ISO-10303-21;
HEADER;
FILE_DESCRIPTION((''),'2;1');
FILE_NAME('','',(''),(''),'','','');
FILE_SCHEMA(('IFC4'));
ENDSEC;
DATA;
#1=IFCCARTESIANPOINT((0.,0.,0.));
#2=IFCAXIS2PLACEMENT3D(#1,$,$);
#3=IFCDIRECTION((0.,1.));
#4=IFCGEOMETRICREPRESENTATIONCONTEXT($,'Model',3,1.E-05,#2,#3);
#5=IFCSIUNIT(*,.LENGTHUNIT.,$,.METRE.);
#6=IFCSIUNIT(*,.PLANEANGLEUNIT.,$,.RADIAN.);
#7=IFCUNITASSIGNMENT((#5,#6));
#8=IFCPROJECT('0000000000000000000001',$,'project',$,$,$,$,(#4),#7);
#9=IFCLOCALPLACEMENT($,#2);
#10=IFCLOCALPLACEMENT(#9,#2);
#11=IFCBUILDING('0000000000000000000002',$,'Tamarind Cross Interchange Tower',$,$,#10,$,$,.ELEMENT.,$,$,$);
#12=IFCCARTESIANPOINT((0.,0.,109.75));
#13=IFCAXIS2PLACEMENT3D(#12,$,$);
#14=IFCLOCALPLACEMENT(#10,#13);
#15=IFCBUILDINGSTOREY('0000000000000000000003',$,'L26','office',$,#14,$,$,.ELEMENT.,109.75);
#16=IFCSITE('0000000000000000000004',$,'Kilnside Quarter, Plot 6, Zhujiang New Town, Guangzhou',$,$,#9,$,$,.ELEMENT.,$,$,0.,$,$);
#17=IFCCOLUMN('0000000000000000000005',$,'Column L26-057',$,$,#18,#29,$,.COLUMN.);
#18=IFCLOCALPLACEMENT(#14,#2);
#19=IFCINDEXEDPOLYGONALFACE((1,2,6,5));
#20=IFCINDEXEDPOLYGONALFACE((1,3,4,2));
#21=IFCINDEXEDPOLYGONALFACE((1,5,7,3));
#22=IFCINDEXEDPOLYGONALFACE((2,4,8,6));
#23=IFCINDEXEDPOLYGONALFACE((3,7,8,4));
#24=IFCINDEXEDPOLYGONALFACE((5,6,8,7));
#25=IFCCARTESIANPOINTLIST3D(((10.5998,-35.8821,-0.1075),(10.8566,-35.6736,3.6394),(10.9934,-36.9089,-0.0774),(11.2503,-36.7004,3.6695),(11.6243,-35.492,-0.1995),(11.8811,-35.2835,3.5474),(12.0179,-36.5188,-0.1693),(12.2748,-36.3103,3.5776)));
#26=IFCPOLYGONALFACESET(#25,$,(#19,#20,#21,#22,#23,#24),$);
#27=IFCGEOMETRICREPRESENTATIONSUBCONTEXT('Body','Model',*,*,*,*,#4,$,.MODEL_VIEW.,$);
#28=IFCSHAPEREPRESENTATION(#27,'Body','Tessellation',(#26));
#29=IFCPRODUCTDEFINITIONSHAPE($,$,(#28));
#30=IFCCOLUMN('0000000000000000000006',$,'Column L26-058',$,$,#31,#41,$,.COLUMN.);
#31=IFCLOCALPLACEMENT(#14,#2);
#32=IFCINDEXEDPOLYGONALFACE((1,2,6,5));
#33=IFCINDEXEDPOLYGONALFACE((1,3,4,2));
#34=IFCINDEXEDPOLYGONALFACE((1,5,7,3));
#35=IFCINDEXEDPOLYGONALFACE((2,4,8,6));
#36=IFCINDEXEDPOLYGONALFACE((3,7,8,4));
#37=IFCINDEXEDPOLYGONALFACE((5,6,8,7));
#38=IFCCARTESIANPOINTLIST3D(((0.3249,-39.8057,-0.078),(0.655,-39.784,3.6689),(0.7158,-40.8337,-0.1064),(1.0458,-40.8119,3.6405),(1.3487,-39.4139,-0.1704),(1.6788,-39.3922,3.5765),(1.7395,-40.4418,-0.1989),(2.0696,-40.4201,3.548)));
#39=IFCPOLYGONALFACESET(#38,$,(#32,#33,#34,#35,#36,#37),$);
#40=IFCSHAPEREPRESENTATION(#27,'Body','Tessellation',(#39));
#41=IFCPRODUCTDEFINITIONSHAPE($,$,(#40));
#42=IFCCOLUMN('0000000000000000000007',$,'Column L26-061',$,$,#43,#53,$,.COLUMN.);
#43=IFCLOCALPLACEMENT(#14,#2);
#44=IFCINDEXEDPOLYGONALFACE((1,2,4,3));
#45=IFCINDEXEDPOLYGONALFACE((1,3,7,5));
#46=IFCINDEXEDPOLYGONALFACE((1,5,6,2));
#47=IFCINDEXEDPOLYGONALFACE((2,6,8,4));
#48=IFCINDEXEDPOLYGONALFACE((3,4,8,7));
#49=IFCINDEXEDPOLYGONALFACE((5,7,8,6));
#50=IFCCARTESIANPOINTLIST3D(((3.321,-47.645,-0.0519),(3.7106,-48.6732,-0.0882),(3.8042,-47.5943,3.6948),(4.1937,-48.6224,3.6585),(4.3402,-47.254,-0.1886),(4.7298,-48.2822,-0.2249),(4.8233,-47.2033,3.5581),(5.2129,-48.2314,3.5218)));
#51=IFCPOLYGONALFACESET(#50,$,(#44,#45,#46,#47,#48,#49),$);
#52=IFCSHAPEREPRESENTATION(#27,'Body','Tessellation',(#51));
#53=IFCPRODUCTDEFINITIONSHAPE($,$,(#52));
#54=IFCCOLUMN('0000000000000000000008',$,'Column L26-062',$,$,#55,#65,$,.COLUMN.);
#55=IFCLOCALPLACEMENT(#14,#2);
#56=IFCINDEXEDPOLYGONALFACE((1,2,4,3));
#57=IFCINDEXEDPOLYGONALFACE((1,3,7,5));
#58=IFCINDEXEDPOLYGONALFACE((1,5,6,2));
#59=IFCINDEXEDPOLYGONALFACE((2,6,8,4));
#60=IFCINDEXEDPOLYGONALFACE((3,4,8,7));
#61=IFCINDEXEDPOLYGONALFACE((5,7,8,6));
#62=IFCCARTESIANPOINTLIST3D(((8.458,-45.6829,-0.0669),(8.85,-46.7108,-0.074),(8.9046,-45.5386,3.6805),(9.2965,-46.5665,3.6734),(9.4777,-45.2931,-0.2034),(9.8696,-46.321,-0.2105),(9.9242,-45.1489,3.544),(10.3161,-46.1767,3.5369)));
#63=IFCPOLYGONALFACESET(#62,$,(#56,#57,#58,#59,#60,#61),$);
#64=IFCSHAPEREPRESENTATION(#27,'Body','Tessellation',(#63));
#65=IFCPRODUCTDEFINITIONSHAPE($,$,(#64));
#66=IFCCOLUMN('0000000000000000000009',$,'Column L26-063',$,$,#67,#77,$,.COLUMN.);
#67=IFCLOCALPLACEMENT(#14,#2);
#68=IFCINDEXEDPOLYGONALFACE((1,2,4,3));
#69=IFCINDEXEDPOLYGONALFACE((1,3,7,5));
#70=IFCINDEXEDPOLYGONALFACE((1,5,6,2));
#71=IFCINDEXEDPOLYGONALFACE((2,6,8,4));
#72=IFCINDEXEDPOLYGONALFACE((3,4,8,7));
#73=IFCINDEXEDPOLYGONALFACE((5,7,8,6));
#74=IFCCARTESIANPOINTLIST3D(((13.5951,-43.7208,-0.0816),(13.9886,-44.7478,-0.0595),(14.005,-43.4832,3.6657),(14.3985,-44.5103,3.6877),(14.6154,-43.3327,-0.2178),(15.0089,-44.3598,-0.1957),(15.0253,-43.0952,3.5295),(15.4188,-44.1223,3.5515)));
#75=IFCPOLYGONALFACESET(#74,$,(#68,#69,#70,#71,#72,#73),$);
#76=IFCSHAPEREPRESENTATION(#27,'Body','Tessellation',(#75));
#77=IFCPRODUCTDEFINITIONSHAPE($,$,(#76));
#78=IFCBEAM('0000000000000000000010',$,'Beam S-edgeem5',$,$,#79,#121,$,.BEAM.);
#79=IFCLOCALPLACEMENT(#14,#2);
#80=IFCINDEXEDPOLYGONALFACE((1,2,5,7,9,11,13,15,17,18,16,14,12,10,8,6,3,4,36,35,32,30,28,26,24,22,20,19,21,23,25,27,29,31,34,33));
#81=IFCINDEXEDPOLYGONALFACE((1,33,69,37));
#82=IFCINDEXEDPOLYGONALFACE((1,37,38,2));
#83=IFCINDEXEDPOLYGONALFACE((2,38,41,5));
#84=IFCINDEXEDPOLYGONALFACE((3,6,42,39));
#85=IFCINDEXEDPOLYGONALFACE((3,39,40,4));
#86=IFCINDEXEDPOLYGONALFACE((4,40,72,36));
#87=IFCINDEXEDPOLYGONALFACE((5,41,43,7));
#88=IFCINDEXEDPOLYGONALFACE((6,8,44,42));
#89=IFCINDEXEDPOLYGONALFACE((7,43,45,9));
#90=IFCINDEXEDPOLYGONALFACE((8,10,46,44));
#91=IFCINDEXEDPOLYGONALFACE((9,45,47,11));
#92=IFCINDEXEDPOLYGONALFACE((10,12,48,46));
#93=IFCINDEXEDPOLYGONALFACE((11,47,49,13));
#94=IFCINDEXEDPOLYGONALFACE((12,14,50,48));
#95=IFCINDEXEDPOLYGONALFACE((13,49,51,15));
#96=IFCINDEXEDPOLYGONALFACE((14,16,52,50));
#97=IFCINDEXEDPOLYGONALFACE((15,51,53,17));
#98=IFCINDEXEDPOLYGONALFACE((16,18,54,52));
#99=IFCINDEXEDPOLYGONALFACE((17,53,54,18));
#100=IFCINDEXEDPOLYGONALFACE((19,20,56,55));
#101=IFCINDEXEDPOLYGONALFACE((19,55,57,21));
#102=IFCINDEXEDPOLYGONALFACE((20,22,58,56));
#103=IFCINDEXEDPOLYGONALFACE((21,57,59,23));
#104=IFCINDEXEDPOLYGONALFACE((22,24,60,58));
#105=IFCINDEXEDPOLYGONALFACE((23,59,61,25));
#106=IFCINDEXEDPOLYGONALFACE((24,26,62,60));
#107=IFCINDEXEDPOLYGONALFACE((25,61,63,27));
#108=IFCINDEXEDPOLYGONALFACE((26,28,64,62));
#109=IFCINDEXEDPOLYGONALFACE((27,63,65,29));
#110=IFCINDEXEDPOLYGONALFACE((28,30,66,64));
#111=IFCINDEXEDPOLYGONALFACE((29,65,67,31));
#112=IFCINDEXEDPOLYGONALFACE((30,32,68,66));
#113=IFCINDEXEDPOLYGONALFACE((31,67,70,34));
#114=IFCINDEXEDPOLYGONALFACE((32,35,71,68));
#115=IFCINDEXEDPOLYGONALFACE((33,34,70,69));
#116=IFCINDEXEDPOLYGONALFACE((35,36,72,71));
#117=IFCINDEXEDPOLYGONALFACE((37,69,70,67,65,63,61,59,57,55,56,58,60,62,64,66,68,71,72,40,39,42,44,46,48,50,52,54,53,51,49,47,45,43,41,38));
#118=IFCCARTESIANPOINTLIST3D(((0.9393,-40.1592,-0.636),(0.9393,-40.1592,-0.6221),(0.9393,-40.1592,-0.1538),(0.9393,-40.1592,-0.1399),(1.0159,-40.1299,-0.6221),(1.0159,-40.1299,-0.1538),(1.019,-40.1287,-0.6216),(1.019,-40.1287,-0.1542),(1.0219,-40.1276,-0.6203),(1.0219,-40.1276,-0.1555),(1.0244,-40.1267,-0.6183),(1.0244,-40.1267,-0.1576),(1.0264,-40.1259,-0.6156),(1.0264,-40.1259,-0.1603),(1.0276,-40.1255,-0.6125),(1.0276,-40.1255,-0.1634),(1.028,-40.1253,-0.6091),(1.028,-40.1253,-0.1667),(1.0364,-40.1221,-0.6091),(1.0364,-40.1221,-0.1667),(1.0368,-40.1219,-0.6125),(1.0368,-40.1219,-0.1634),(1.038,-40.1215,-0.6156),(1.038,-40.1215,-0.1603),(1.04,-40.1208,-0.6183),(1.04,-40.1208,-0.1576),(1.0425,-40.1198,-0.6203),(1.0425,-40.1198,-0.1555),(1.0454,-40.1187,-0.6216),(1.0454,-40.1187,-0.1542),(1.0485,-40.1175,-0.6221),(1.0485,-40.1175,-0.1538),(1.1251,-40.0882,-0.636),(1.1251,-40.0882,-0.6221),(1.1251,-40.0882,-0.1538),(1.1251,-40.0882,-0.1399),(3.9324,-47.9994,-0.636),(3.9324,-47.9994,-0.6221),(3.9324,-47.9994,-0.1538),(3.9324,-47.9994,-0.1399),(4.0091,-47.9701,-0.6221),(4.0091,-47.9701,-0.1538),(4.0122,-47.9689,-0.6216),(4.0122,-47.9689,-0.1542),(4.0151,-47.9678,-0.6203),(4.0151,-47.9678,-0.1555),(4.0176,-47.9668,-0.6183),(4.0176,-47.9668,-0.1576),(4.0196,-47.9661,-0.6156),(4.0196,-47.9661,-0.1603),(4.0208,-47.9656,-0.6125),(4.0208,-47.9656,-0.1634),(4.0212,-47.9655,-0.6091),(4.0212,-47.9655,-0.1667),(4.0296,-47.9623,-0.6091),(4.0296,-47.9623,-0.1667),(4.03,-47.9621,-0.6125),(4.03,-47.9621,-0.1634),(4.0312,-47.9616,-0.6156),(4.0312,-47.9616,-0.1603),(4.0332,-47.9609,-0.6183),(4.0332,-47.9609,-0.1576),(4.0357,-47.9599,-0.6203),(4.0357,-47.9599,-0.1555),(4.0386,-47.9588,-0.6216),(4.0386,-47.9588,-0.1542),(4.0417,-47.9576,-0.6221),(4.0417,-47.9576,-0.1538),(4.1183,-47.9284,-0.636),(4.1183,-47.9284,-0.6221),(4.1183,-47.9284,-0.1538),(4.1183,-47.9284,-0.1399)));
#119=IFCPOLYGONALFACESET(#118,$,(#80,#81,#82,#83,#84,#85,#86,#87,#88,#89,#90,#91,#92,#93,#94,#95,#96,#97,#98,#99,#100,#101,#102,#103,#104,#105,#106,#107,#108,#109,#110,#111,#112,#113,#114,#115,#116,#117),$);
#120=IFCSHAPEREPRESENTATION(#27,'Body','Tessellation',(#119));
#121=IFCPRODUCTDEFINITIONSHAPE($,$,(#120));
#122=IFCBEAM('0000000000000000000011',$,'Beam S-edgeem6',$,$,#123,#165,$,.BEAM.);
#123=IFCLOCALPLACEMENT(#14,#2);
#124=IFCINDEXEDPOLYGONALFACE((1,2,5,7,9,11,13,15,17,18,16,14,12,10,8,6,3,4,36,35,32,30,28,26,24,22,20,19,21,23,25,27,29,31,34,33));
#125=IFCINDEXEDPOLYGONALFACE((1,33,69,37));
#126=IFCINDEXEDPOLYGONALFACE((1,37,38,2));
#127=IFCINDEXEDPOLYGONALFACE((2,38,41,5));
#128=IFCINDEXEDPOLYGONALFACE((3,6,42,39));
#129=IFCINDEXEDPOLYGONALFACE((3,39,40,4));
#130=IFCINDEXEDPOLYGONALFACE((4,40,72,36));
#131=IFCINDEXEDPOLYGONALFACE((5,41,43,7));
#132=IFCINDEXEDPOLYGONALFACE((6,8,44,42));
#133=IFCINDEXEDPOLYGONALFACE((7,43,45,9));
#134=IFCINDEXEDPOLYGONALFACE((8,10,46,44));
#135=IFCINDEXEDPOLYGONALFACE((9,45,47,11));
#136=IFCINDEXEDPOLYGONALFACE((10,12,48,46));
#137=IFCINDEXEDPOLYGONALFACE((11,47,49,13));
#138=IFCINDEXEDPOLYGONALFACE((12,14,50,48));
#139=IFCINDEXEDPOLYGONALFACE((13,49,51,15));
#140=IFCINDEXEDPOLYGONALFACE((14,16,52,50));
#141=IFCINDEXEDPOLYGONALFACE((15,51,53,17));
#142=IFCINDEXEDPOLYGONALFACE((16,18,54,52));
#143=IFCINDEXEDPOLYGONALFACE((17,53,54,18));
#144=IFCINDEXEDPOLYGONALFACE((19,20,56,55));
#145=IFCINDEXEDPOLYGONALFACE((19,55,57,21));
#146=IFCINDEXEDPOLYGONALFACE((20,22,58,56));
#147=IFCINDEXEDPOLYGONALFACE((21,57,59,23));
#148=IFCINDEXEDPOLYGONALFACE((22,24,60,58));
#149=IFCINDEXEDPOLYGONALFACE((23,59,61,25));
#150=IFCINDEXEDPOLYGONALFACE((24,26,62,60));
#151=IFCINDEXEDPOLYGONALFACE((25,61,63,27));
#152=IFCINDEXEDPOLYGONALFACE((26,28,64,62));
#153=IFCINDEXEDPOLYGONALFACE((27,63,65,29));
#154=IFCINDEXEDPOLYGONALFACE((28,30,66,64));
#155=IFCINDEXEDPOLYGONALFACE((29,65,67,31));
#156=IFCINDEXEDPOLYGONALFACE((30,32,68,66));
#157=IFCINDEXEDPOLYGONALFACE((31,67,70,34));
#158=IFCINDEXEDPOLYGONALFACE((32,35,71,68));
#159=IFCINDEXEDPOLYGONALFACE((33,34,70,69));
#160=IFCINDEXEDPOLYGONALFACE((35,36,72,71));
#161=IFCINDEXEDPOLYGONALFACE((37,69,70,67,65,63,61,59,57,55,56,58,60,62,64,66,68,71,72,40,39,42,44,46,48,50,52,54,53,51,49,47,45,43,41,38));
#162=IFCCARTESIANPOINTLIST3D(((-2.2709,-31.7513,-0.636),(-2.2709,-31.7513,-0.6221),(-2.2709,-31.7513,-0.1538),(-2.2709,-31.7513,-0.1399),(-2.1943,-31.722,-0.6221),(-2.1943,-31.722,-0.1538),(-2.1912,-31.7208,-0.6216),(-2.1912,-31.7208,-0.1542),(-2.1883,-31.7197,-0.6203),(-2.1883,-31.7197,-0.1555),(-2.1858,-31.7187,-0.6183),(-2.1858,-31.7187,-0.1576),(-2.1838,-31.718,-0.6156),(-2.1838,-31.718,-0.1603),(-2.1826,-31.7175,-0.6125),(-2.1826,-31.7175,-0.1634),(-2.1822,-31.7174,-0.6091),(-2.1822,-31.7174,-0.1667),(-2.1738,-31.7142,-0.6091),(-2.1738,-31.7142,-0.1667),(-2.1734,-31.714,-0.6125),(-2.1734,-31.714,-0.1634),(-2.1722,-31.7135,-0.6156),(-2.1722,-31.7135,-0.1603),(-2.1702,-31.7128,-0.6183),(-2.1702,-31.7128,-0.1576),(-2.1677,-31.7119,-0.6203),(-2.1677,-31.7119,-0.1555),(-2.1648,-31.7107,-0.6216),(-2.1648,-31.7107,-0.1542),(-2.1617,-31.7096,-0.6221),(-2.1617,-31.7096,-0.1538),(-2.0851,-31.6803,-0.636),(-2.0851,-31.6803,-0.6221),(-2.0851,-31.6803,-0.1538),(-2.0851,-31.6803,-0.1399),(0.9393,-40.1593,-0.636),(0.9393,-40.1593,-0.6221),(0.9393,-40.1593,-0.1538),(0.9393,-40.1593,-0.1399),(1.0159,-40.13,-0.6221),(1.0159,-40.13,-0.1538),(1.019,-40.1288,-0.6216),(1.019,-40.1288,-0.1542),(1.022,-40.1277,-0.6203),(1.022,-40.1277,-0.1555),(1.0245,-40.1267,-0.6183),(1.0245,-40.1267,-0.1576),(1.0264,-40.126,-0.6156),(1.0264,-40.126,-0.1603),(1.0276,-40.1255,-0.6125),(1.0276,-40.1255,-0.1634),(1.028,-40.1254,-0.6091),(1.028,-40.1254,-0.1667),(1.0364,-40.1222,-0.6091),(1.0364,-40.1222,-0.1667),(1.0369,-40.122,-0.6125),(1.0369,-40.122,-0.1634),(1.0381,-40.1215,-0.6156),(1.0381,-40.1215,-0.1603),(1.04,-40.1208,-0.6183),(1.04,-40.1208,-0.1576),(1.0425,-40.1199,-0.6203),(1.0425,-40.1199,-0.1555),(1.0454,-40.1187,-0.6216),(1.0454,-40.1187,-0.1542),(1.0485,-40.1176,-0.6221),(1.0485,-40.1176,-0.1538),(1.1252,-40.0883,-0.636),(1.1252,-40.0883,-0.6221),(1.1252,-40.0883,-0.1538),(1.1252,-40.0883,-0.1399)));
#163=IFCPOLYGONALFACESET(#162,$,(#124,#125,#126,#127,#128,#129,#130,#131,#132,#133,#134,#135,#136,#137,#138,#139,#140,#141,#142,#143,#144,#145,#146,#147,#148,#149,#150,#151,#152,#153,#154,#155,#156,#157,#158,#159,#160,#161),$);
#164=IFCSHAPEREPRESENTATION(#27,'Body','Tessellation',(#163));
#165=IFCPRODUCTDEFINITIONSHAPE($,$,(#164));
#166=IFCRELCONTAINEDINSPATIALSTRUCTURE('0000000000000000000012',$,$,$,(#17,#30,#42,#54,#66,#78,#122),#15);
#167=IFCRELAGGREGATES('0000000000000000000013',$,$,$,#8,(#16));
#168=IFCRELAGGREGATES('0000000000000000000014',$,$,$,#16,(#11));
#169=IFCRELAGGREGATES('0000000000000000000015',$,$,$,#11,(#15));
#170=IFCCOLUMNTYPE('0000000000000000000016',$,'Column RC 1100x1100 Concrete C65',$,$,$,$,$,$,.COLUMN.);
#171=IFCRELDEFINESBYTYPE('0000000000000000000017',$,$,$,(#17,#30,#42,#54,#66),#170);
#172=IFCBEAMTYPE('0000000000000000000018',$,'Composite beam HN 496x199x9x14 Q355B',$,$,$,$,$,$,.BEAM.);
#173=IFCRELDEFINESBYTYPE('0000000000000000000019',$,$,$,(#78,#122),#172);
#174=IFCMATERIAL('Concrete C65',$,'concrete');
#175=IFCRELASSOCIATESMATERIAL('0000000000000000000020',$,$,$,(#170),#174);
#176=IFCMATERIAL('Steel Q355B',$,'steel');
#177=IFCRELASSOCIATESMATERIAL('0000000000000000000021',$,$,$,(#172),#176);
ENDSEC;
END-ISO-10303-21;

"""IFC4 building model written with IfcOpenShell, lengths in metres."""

from ifc_helpers import new_model, si_unit, direction, frame, origin, origin_2d, place, context, subcontext, project, spatial, rectangle, i_section, extrude, material, material_profile, profile_set, type_object, element, save


model = new_model("IFC4")

# Units and contexts
model_context = context("Model", 3, precision=1e-05, world=origin(), true_north=direction((0.0, 1.0)))
body_context = subcontext(model_context, "Body", "Model", "MODEL_VIEW")
ifc_project = project(units=[si_unit("LENGTHUNIT", "METRE"), si_unit("PLANEANGLEUNIT", "RADIAN")], contexts=[model_context])

# Site, building, storey
site_placement = place(None, origin())
site = spatial("IfcSite", under=ifc_project, at=site_placement, Name="Kilnside Quarter, Plot 6, Zhujiang New Town, Guangzhou", CompositionType="ELEMENT", RefElevation=0.0)
building_placement = place(site_placement, origin())
building = spatial("IfcBuilding", under=site, at=building_placement, Name="Tamarind Cross Interchange Tower", CompositionType="ELEMENT")
storey_placement = place(building_placement, frame((0.0, 0.0, 109.75)))
storey = spatial("IfcBuildingStorey", under=building, at=storey_placement, Name="L26", Description="office", CompositionType="ELEMENT", Elevation=109.75)

# Columns
ifc_material_1 = material(Name="Concrete C65", Category="concrete")
ifc_material_profile_1 = material_profile(ifc_material_1, rectangle(XDim=1.1001, YDim=1.1001, at=origin_2d()), Name="RC 1100x1100")
ifc_profile_set_1 = profile_set([ifc_material_profile_1], Name="Concrete C65")
column_type = type_object("IfcColumnType", Name="Column RC 1100x1100 Concrete C65", PredefinedType="COLUMN", material=ifc_profile_set_1)
for number, where, z_axis, x_axis, name in (
    (1, (11.3088, -36.2004, -0.1384), (0.068282, 0.05543, 0.996125), (-0.931281, -0.354587, 0.083568), "Column L26-057"),
    (2, (1.0322, -40.1238, -0.1384), (0.087754, 0.005777, 0.996125), (-0.355279, 0.934402, 0.02588), "Column L26-058"),
):
    element("IfcColumn", number, at=place(storey_placement, frame(where, z_axis=z_axis, x_axis=x_axis)), inside=storey, type_object=column_type, Name=name, PredefinedType="COLUMN", context=body_context, shape_type="SweptSolid", body=[
        extrude(rectangle(XDim=1.1001, YDim=1.1001, at=origin_2d()), origin(), (0.0, 0.0, 1.0), 3.7615),
    ])
column_1_placement = place(storey_placement, frame((4.0254, -47.9636, -0.1384), z_axis=(0.12788, 0.013441, 0.991699), x_axis=(-0.354131, 0.934613, 0.032998)))
element("IfcColumn", 3, at=column_1_placement, inside=storey, type_object=column_type, Name="Column L26-061", PredefinedType="COLUMN", context=body_context, shape_type="SweptSolid", body=[
    extrude(rectangle(XDim=1.1001, YDim=1.1001, at=origin_2d()), origin(), (0.0, 0.0, 1.0), 3.7781),
])
column_2_placement = place(storey_placement, frame((9.1638, -46.002, -0.1387), z_axis=(0.118237, 0.038206, 0.99225), x_axis=(-0.356277, 0.934358, 0.006478)))
element("IfcColumn", 4, at=column_2_placement, inside=storey, type_object=column_type, Name="Column L26-062", PredefinedType="COLUMN", context=body_context, shape_type="SweptSolid", body=[
    extrude(rectangle(XDim=1.1001, YDim=1.1001, at=origin_2d()), origin(), (0.0, 0.0, 1.0), 3.7766),
])
column_3_placement = place(storey_placement, frame((14.302, -44.0403, -0.1387), z_axis=(0.108524, 0.062891, 0.992102), x_axis=(-0.927499, -0.352725, 0.123817)))
element("IfcColumn", 5, at=column_3_placement, inside=storey, type_object=column_type, Name="Column L26-063", PredefinedType="COLUMN", context=body_context, shape_type="SweptSolid", body=[
    extrude(rectangle(XDim=1.1001, YDim=1.1001, at=origin_2d()), origin(), (0.0, 0.0, 1.0), 3.7771),
])

# Beams
ifc_material_2 = material(Name="Steel Q355B", Category="steel")
ifc_material_profile_2 = material_profile(ifc_material_2, i_section(OverallWidth=0.199, OverallDepth=0.4961, WebThickness=0.009, FlangeThickness=0.0139, FilletRadius=0.0129, at=origin_2d()), Name="HN 496x199x9x14")
ifc_profile_set_2 = profile_set([ifc_material_profile_2], Name="Steel Q355B")
beam_type_1 = type_object("IfcBeamType", Name="Composite beam HN 496x199x9x14 Q355B", PredefinedType="BEAM", material=ifc_profile_set_2)
beam_1_placement = place(storey_placement, frame((4.0254, -47.9639, -0.3879), z_axis=(-0.356668, 0.934231, 0.0), x_axis=(-0.934231, -0.356668, 0.0)))
element("IfcBeam", 6, at=beam_1_placement, inside=storey, type_object=beam_type_1, Name="Beam S-edgeem5", PredefinedType="BEAM", context=body_context, shape_type="SweptSolid", body=[
    extrude(i_section(OverallWidth=0.199, OverallDepth=0.4961, WebThickness=0.009, FlangeThickness=0.0139, FilletRadius=0.0129, at=origin_2d()), origin(), (0.0, 0.0, 1.0), 8.3921),
])
beam_2_placement = place(storey_placement, frame((1.0322, -40.1238, -0.3879), z_axis=(-0.356691, 0.934222, 0.0), x_axis=(-0.934222, -0.356691, 0.0)))
element("IfcBeam", 7, at=beam_2_placement, inside=storey, type_object=beam_type_1, Name="Beam S-edgeem6", PredefinedType="BEAM", context=body_context, shape_type="SweptSolid", body=[
    extrude(i_section(OverallWidth=0.199, OverallDepth=0.4961, WebThickness=0.009, FlangeThickness=0.0139, FilletRadius=0.0129, at=origin_2d()), origin(), (0.0, 0.0, 1.0), 9.0),
])

save(model, "model.ifc")
